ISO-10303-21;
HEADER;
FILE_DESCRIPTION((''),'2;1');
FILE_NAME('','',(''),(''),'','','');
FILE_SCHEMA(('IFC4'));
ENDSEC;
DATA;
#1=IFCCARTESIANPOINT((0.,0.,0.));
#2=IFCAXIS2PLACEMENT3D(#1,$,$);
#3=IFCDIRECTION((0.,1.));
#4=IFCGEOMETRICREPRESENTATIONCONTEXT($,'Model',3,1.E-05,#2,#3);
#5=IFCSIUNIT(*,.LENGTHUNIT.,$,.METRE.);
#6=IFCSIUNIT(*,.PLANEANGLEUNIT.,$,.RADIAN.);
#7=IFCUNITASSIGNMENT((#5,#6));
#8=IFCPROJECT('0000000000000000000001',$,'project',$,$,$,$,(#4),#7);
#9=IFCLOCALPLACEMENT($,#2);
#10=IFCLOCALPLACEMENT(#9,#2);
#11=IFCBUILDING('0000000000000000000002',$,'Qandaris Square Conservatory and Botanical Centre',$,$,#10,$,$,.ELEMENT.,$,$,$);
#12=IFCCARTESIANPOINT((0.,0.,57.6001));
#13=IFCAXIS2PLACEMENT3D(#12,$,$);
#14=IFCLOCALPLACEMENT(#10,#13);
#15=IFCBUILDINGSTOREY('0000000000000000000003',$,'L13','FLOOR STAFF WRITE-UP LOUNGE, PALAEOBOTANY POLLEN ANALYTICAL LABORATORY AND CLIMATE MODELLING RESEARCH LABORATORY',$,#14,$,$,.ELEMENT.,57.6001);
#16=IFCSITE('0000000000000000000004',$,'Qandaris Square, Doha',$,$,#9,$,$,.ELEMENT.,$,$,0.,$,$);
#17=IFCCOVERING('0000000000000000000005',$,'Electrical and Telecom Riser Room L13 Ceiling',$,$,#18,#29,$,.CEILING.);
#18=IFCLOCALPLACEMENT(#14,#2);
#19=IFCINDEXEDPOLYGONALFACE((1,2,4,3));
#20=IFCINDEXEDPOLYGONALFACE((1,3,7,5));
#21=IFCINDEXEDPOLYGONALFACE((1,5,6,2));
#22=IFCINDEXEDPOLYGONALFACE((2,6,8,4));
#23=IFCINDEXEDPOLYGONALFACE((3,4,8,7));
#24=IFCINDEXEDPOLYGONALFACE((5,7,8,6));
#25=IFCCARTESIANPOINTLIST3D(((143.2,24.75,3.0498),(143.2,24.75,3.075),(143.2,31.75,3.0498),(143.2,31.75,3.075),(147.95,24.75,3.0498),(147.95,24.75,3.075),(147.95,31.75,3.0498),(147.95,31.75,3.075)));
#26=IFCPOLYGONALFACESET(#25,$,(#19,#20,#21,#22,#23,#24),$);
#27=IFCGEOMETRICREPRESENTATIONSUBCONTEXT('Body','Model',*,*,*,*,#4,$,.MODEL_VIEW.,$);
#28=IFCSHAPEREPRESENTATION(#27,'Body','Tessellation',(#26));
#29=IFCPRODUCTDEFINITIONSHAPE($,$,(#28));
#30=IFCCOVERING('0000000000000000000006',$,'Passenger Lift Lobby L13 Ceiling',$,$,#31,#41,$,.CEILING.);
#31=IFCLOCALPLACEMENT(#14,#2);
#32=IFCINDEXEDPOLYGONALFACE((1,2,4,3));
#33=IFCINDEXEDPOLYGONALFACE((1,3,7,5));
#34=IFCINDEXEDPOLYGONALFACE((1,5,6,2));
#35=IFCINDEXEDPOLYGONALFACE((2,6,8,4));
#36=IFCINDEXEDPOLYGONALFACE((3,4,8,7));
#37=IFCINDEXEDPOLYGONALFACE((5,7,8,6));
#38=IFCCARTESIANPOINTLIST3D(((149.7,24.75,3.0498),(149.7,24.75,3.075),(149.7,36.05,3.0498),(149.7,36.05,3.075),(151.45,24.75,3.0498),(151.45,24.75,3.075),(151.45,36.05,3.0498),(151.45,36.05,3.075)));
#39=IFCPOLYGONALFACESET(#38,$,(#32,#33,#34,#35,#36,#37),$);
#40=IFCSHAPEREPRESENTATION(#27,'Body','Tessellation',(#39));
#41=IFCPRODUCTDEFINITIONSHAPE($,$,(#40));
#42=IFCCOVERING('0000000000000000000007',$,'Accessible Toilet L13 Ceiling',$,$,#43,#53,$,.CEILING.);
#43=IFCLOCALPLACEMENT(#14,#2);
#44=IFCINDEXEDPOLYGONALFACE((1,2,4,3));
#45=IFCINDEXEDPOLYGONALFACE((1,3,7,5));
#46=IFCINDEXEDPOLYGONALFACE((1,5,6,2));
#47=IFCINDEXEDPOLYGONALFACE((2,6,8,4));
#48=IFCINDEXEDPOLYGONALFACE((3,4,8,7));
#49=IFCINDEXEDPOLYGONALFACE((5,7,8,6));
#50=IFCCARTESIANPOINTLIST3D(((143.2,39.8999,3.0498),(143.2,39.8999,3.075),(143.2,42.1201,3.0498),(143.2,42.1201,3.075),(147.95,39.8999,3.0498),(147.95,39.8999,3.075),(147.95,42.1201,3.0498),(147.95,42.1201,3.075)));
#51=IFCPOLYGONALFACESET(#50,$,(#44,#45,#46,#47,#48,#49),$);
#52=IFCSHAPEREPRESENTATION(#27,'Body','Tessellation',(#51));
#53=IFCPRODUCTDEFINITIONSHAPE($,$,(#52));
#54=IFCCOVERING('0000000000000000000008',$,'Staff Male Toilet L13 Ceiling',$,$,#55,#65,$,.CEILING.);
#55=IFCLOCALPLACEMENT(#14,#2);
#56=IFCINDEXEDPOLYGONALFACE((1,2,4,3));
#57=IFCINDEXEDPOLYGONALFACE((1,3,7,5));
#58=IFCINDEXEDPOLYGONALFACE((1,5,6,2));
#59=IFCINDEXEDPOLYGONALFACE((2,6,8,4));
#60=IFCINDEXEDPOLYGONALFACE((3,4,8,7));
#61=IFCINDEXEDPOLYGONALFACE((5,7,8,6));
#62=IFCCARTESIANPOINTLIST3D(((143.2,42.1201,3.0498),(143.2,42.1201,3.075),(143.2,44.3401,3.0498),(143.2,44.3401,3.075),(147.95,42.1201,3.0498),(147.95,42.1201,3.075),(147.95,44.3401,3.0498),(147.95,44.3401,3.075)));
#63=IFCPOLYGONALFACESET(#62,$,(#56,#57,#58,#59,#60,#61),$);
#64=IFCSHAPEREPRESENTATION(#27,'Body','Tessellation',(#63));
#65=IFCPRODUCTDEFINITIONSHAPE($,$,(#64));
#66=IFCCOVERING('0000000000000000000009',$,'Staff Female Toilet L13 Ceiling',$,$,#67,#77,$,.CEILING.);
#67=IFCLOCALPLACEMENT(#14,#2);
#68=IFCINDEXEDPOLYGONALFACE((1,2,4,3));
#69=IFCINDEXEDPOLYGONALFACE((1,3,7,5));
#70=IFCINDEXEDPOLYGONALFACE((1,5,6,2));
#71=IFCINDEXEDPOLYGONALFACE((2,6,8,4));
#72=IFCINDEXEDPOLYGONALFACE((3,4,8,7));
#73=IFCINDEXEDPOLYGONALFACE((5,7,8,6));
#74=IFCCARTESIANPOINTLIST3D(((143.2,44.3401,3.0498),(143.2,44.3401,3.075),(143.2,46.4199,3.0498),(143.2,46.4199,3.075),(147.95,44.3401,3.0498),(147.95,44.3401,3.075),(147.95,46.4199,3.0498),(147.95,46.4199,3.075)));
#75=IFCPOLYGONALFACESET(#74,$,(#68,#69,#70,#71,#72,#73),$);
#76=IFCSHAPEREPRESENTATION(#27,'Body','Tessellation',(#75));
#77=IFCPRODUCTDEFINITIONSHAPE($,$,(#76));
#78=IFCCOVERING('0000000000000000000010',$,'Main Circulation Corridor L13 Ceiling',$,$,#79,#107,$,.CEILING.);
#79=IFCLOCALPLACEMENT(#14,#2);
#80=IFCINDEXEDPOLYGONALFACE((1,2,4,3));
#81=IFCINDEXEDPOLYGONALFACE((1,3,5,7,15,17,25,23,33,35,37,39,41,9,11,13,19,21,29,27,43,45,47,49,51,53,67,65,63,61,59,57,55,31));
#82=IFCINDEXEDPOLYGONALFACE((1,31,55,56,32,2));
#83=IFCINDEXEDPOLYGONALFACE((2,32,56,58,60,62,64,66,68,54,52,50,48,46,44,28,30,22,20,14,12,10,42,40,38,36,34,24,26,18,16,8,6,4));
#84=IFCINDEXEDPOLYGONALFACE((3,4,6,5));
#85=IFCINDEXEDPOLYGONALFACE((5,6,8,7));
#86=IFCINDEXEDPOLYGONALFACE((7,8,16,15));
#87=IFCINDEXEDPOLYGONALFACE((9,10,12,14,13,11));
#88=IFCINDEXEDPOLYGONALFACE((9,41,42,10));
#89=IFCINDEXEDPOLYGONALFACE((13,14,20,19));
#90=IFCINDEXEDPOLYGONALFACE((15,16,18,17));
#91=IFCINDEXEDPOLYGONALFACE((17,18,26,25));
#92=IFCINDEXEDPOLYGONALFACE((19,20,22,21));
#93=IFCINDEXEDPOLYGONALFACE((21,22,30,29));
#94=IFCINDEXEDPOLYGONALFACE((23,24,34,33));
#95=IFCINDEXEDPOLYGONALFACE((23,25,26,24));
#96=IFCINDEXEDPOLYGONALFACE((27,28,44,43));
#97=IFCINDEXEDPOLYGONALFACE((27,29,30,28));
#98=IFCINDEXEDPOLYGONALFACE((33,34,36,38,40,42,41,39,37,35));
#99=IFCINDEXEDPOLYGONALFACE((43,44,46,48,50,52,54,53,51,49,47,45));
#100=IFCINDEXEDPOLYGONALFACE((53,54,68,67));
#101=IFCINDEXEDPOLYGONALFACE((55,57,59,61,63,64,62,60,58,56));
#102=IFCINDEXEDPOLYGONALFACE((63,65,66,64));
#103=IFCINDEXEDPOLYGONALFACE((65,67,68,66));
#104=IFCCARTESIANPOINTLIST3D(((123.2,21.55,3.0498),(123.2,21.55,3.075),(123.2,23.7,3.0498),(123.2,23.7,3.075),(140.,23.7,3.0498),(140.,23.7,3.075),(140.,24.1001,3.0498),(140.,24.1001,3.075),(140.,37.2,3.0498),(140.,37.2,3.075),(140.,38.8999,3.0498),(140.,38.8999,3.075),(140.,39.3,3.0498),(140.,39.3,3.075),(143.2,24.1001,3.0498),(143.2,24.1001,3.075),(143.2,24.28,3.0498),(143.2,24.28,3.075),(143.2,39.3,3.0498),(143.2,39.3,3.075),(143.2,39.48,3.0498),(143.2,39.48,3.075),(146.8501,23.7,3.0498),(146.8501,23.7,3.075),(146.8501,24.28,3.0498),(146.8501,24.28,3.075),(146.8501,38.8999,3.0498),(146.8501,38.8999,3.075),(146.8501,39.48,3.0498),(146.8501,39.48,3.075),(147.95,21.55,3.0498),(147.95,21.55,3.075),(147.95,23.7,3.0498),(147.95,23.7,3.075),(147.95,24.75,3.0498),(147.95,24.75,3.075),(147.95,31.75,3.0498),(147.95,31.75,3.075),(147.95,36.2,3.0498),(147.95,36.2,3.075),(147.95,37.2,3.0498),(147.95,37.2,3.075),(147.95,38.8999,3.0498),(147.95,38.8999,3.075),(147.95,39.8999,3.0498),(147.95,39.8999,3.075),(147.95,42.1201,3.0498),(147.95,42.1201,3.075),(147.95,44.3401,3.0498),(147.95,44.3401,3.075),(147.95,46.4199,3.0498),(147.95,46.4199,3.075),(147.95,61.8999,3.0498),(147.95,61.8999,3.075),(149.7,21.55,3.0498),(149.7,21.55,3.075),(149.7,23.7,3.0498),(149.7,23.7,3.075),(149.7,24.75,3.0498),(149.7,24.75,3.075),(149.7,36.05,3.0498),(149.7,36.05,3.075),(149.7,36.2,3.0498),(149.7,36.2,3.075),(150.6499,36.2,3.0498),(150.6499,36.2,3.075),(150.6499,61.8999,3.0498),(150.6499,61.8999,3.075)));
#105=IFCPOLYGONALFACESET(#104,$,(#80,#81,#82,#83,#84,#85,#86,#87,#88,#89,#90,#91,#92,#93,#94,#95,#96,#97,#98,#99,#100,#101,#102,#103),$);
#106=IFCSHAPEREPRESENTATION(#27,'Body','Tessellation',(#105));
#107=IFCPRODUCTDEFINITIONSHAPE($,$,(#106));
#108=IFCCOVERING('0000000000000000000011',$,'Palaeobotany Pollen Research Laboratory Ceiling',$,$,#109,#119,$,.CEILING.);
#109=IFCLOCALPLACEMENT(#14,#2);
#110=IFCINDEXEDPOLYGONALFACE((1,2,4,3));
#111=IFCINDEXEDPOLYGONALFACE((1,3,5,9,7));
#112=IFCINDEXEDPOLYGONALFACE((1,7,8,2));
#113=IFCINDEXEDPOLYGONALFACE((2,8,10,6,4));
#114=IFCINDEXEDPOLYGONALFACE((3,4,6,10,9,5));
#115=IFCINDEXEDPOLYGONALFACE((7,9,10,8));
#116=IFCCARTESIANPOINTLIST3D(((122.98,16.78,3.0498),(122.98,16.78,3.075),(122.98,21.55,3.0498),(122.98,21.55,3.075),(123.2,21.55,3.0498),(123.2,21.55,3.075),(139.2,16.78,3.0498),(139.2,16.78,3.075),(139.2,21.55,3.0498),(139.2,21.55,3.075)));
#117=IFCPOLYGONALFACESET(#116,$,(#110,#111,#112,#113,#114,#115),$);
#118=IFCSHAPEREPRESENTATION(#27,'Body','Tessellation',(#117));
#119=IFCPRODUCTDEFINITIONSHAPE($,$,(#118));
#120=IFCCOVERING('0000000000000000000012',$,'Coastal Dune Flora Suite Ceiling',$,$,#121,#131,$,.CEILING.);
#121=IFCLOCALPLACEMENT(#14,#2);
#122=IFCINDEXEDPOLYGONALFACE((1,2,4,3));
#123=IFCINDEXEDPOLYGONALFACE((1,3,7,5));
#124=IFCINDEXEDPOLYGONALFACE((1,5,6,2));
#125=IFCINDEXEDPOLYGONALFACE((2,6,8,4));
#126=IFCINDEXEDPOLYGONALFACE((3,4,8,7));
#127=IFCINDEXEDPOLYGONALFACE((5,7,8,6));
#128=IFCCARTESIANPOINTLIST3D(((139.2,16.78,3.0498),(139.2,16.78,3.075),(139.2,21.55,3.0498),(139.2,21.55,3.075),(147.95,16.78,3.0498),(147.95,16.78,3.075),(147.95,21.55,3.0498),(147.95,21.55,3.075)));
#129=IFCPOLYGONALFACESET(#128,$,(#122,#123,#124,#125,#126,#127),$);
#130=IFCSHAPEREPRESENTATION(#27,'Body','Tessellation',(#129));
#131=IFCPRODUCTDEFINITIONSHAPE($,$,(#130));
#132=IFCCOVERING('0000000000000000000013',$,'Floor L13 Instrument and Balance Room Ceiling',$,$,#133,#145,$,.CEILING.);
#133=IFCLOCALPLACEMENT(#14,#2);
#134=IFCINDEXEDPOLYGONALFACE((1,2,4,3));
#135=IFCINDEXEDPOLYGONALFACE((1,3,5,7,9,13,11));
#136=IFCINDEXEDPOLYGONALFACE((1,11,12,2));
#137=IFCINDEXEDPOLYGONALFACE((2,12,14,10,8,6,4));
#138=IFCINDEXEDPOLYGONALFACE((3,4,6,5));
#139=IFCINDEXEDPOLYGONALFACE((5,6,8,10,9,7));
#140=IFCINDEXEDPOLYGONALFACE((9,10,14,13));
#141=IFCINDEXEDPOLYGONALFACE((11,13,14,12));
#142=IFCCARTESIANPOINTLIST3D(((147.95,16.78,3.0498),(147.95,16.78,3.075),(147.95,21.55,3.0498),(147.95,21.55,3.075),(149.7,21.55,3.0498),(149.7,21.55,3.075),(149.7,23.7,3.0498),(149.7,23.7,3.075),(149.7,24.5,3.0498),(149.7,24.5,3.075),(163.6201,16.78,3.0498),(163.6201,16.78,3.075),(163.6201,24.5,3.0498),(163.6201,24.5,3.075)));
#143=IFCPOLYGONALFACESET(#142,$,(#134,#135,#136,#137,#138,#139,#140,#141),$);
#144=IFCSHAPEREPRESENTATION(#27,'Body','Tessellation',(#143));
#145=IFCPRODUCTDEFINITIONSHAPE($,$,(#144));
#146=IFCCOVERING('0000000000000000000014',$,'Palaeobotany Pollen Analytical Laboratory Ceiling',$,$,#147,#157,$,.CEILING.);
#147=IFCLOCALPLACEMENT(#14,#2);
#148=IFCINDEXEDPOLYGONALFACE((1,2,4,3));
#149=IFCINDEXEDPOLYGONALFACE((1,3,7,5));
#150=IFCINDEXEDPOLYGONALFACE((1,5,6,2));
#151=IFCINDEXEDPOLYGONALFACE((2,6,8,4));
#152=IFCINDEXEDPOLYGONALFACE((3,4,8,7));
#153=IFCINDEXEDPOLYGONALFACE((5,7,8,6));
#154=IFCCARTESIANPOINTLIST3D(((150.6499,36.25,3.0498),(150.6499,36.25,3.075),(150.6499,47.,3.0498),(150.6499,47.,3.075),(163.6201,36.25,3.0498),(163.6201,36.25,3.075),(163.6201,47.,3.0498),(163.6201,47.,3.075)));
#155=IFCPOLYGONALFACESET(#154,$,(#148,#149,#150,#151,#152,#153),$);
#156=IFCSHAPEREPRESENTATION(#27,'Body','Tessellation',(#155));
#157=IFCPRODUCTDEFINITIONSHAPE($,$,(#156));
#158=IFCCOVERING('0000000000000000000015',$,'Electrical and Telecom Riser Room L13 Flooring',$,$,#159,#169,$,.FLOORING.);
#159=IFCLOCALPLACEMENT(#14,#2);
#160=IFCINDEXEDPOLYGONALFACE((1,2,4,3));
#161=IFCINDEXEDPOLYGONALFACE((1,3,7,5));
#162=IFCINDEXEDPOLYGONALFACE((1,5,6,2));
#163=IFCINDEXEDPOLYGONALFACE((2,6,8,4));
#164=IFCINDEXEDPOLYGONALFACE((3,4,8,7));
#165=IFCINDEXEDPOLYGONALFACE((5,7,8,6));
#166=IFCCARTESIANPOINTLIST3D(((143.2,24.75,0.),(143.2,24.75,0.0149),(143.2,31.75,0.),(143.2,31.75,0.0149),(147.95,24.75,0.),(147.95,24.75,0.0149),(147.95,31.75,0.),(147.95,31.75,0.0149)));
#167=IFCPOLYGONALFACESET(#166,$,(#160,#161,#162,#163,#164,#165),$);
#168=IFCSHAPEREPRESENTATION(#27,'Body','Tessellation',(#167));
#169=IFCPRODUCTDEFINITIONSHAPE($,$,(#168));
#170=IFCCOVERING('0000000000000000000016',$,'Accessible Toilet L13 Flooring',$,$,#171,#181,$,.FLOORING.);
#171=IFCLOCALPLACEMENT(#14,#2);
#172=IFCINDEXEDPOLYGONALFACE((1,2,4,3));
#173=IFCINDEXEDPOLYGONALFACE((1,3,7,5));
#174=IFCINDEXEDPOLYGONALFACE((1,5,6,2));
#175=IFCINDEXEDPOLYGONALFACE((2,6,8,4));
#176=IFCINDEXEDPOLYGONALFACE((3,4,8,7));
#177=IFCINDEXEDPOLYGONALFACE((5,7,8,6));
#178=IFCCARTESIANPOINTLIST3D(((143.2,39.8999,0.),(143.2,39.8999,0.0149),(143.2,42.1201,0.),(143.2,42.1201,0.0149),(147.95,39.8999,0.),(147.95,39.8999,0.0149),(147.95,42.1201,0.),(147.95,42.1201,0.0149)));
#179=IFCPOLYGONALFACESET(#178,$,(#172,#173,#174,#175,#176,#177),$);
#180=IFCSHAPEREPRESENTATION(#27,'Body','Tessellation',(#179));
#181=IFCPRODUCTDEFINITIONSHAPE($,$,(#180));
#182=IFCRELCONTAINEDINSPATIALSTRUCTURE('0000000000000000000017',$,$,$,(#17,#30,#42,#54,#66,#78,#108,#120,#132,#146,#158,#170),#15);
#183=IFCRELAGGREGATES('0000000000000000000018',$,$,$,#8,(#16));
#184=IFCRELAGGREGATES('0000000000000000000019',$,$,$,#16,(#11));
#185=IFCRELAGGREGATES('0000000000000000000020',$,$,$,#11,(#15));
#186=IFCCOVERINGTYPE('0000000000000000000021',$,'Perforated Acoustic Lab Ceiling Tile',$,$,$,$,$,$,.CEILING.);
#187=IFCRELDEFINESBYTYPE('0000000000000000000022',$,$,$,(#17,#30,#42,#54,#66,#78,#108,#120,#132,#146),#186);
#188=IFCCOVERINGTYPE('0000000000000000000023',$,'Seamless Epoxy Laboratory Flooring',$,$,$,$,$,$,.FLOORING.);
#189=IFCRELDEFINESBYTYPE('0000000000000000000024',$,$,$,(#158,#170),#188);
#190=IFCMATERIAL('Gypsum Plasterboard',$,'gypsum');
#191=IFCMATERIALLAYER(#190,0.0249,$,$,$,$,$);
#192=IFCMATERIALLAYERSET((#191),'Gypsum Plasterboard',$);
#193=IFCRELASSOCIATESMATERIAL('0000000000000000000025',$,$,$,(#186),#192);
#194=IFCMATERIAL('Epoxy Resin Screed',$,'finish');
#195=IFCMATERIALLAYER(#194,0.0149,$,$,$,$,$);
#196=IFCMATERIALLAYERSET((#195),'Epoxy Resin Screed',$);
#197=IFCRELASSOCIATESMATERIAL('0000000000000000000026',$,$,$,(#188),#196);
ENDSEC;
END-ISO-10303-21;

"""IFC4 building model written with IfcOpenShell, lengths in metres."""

from ifc_helpers import new_model, si_unit, direction, frame, origin, place, context, subcontext, project, spatial, polyline, outline, extrude, material, layer, layer_set, type_object, element, save


model = new_model("IFC4")

# Units and contexts
model_context = context("Model", 3, precision=1e-05, world=origin(), true_north=direction((0.0, 1.0)))
body_context = subcontext(model_context, "Body", "Model", "MODEL_VIEW")
ifc_project = project(units=[si_unit("LENGTHUNIT", "METRE"), si_unit("PLANEANGLEUNIT", "RADIAN")], contexts=[model_context])

# Site, building, storey
site_placement = place(None, origin())
site = spatial("IfcSite", under=ifc_project, at=site_placement, Name="Qandaris Square, Doha", CompositionType="ELEMENT", RefElevation=0.0)
building_placement = place(site_placement, origin())
building = spatial("IfcBuilding", under=site, at=building_placement, Name="Qandaris Square Conservatory and Botanical Centre", CompositionType="ELEMENT")
storey_placement = place(building_placement, frame((0.0, 0.0, 57.6001)))
storey = spatial("IfcBuildingStorey", under=building, at=storey_placement, Name="L13", Description="FLOOR STAFF WRITE-UP LOUNGE, PALAEOBOTANY POLLEN ANALYTICAL LABORATORY AND CLIMATE MODELLING RESEARCH LABORATORY", CompositionType="ELEMENT", Elevation=57.6001)

# Coverings
ifc_material_1 = material(Name="Gypsum Plasterboard", Category="gypsum")
ifc_layer_1 = layer(ifc_material_1, 0.0249)
ifc_layer_set_1 = layer_set([ifc_layer_1], Name="Gypsum Plasterboard")
covering_type_1 = type_object("IfcCoveringType", Name="Perforated Acoustic Lab Ceiling Tile", PredefinedType="CEILING", material=ifc_layer_set_1)
covering_1_placement = place(storey_placement, frame((0.0, 0.0, 3.0498)))
element("IfcCovering", 1, at=covering_1_placement, inside=storey, type_object=covering_type_1, Name="Electrical and Telecom Riser Room L13 Ceiling", PredefinedType="CEILING", context=body_context, shape_type="SweptSolid", body=[
    extrude(outline(polyline([(147.95, 31.75), (147.95, 24.75), (143.2, 24.75), (143.2, 31.75), (147.95, 31.75)])), origin(), (0.0, 0.0, 1.0), 0.0251),
])
covering_2_placement = place(storey_placement, frame((0.0, 0.0, 3.0498)))
element("IfcCovering", 2, at=covering_2_placement, inside=storey, type_object=covering_type_1, Name="Passenger Lift Lobby L13 Ceiling", PredefinedType="CEILING", context=body_context, shape_type="SweptSolid", body=[
    extrude(outline(polyline([(149.7, 36.05), (151.45, 36.05), (151.45, 24.75), (149.7, 24.75), (149.7, 36.05)])), origin(), (0.0, 0.0, 1.0), 0.0251),
])
covering_3_placement = place(storey_placement, frame((0.0, 0.0, 3.0498)))
element("IfcCovering", 3, at=covering_3_placement, inside=storey, type_object=covering_type_1, Name="Accessible Toilet L13 Ceiling", PredefinedType="CEILING", context=body_context, shape_type="SweptSolid", body=[
    extrude(outline(polyline([(147.95, 42.1201), (147.95, 39.8999), (143.2, 39.8999), (143.2, 42.1201), (147.95, 42.1201)])), origin(), (0.0, 0.0, 1.0), 0.0251),
])
covering_4_placement = place(storey_placement, frame((0.0, 0.0, 3.0498)))
element("IfcCovering", 4, at=covering_4_placement, inside=storey, type_object=covering_type_1, Name="Staff Male Toilet L13 Ceiling", PredefinedType="CEILING", context=body_context, shape_type="SweptSolid", body=[
    extrude(outline(polyline([(147.95, 44.3401), (147.95, 42.1201), (143.2, 42.1201), (143.2, 44.3401), (147.95, 44.3401)])), origin(), (0.0, 0.0, 1.0), 0.0251),
])
covering_5_placement = place(storey_placement, frame((0.0, 0.0, 3.0498)))
element("IfcCovering", 5, at=covering_5_placement, inside=storey, type_object=covering_type_1, Name="Staff Female Toilet L13 Ceiling", PredefinedType="CEILING", context=body_context, shape_type="SweptSolid", body=[
    extrude(outline(polyline([(147.95, 46.4199), (147.95, 44.3401), (143.2, 44.3401), (143.2, 46.4199), (147.95, 46.4199)])), origin(), (0.0, 0.0, 1.0), 0.0251),
])
covering_6_placement = place(storey_placement, frame((0.0, 0.0, 3.0498)))
element("IfcCovering", 6, at=covering_6_placement, inside=storey, type_object=covering_type_1, Name="Main Circulation Corridor L13 Ceiling", PredefinedType="CEILING", context=body_context, shape_type="SweptSolid", body=[
    extrude(outline(polyline([(140.0, 24.1001), (143.2, 24.1001), (143.2, 24.28), (146.8501, 24.28), (146.8501, 23.7), (147.95, 23.7), (147.95, 24.75), (147.95, 31.75), (147.95, 36.2), (147.95, 37.2), (140.0, 37.2), (140.0, 38.8999), (140.0, 39.3), (143.2, 39.3), (143.2, 39.48), (146.8501, 39.48), (146.8501, 38.8999), (147.95, 38.8999), (147.95, 39.8999), (147.95, 42.1201), (147.95, 44.3401), (147.95, 46.4199), (147.95, 61.8999), (150.6499, 61.8999), (150.6499, 36.2), (149.7, 36.2), (149.7, 36.05), (149.7, 24.75), (149.7, 23.7), (149.7, 21.55), (147.95, 21.55), (123.2, 21.55), (123.2, 23.7), (140.0, 23.7), (140.0, 24.1001)])), origin(), (0.0, 0.0, 1.0), 0.0251),
])
covering_7_placement = place(storey_placement, frame((0.0, 0.0, 3.0498)))
element("IfcCovering", 7, at=covering_7_placement, inside=storey, type_object=covering_type_1, Name="Palaeobotany Pollen Research Laboratory Ceiling", PredefinedType="CEILING", context=body_context, shape_type="SweptSolid", body=[
    extrude(outline(polyline([(123.2, 21.55), (139.2, 21.55), (139.2, 16.78), (122.98, 16.78), (122.98, 21.55), (123.2, 21.55)])), origin(), (0.0, 0.0, 1.0), 0.0251),
])
covering_8_placement = place(storey_placement, frame((0.0, 0.0, 3.0498)))
element("IfcCovering", 8, at=covering_8_placement, inside=storey, type_object=covering_type_1, Name="Coastal Dune Flora Suite Ceiling", PredefinedType="CEILING", context=body_context, shape_type="SweptSolid", body=[
    extrude(outline(polyline([(147.95, 21.55), (147.95, 16.78), (139.2, 16.78), (139.2, 21.55), (147.95, 21.55)])), origin(), (0.0, 0.0, 1.0), 0.0251),
])
covering_9_placement = place(storey_placement, frame((0.0, 0.0, 3.0498)))
element("IfcCovering", 9, at=covering_9_placement, inside=storey, type_object=covering_type_1, Name="Floor L13 Instrument and Balance Room Ceiling", PredefinedType="CEILING", context=body_context, shape_type="SweptSolid", body=[
    extrude(outline(polyline([(147.95, 21.55), (149.7, 21.55), (149.7, 23.7), (149.7, 24.5), (163.6201, 24.5), (163.6201, 16.78), (147.95, 16.78), (147.95, 21.55)])), origin(), (0.0, 0.0, 1.0), 0.0251),
])
covering_10_placement = place(storey_placement, frame((0.0, 0.0, 3.0498)))
element("IfcCovering", 10, at=covering_10_placement, inside=storey, type_object=covering_type_1, Name="Palaeobotany Pollen Analytical Laboratory Ceiling", PredefinedType="CEILING", context=body_context, shape_type="SweptSolid", body=[
    extrude(outline(polyline([(150.6499, 47.0), (163.6201, 47.0), (163.6201, 36.25), (150.6499, 36.25), (150.6499, 47.0)])), origin(), (0.0, 0.0, 1.0), 0.0251),
])
ifc_material_2 = material(Name="Epoxy Resin Screed", Category="finish")
ifc_layer_2 = layer(ifc_material_2, 0.0149)
ifc_layer_set_2 = layer_set([ifc_layer_2], Name="Epoxy Resin Screed")
covering_type_2 = type_object("IfcCoveringType", Name="Seamless Epoxy Laboratory Flooring", PredefinedType="FLOORING", material=ifc_layer_set_2)
covering_11_placement = place(storey_placement, origin())
element("IfcCovering", 11, at=covering_11_placement, inside=storey, type_object=covering_type_2, Name="Electrical and Telecom Riser Room L13 Flooring", PredefinedType="FLOORING", context=body_context, shape_type="SweptSolid", body=[
    extrude(outline(polyline([(147.95, 31.75), (147.95, 24.75), (143.2, 24.75), (143.2, 31.75), (147.95, 31.75)])), origin(), (0.0, 0.0, 1.0), 0.0149),
])
covering_12_placement = place(storey_placement, origin())
element("IfcCovering", 12, at=covering_12_placement, inside=storey, type_object=covering_type_2, Name="Accessible Toilet L13 Flooring", PredefinedType="FLOORING", context=body_context, shape_type="SweptSolid", body=[
    extrude(outline(polyline([(147.95, 42.1201), (147.95, 39.8999), (143.2, 39.8999), (143.2, 42.1201), (147.95, 42.1201)])), origin(), (0.0, 0.0, 1.0), 0.0149),
])

save(model, "model.ifc")
